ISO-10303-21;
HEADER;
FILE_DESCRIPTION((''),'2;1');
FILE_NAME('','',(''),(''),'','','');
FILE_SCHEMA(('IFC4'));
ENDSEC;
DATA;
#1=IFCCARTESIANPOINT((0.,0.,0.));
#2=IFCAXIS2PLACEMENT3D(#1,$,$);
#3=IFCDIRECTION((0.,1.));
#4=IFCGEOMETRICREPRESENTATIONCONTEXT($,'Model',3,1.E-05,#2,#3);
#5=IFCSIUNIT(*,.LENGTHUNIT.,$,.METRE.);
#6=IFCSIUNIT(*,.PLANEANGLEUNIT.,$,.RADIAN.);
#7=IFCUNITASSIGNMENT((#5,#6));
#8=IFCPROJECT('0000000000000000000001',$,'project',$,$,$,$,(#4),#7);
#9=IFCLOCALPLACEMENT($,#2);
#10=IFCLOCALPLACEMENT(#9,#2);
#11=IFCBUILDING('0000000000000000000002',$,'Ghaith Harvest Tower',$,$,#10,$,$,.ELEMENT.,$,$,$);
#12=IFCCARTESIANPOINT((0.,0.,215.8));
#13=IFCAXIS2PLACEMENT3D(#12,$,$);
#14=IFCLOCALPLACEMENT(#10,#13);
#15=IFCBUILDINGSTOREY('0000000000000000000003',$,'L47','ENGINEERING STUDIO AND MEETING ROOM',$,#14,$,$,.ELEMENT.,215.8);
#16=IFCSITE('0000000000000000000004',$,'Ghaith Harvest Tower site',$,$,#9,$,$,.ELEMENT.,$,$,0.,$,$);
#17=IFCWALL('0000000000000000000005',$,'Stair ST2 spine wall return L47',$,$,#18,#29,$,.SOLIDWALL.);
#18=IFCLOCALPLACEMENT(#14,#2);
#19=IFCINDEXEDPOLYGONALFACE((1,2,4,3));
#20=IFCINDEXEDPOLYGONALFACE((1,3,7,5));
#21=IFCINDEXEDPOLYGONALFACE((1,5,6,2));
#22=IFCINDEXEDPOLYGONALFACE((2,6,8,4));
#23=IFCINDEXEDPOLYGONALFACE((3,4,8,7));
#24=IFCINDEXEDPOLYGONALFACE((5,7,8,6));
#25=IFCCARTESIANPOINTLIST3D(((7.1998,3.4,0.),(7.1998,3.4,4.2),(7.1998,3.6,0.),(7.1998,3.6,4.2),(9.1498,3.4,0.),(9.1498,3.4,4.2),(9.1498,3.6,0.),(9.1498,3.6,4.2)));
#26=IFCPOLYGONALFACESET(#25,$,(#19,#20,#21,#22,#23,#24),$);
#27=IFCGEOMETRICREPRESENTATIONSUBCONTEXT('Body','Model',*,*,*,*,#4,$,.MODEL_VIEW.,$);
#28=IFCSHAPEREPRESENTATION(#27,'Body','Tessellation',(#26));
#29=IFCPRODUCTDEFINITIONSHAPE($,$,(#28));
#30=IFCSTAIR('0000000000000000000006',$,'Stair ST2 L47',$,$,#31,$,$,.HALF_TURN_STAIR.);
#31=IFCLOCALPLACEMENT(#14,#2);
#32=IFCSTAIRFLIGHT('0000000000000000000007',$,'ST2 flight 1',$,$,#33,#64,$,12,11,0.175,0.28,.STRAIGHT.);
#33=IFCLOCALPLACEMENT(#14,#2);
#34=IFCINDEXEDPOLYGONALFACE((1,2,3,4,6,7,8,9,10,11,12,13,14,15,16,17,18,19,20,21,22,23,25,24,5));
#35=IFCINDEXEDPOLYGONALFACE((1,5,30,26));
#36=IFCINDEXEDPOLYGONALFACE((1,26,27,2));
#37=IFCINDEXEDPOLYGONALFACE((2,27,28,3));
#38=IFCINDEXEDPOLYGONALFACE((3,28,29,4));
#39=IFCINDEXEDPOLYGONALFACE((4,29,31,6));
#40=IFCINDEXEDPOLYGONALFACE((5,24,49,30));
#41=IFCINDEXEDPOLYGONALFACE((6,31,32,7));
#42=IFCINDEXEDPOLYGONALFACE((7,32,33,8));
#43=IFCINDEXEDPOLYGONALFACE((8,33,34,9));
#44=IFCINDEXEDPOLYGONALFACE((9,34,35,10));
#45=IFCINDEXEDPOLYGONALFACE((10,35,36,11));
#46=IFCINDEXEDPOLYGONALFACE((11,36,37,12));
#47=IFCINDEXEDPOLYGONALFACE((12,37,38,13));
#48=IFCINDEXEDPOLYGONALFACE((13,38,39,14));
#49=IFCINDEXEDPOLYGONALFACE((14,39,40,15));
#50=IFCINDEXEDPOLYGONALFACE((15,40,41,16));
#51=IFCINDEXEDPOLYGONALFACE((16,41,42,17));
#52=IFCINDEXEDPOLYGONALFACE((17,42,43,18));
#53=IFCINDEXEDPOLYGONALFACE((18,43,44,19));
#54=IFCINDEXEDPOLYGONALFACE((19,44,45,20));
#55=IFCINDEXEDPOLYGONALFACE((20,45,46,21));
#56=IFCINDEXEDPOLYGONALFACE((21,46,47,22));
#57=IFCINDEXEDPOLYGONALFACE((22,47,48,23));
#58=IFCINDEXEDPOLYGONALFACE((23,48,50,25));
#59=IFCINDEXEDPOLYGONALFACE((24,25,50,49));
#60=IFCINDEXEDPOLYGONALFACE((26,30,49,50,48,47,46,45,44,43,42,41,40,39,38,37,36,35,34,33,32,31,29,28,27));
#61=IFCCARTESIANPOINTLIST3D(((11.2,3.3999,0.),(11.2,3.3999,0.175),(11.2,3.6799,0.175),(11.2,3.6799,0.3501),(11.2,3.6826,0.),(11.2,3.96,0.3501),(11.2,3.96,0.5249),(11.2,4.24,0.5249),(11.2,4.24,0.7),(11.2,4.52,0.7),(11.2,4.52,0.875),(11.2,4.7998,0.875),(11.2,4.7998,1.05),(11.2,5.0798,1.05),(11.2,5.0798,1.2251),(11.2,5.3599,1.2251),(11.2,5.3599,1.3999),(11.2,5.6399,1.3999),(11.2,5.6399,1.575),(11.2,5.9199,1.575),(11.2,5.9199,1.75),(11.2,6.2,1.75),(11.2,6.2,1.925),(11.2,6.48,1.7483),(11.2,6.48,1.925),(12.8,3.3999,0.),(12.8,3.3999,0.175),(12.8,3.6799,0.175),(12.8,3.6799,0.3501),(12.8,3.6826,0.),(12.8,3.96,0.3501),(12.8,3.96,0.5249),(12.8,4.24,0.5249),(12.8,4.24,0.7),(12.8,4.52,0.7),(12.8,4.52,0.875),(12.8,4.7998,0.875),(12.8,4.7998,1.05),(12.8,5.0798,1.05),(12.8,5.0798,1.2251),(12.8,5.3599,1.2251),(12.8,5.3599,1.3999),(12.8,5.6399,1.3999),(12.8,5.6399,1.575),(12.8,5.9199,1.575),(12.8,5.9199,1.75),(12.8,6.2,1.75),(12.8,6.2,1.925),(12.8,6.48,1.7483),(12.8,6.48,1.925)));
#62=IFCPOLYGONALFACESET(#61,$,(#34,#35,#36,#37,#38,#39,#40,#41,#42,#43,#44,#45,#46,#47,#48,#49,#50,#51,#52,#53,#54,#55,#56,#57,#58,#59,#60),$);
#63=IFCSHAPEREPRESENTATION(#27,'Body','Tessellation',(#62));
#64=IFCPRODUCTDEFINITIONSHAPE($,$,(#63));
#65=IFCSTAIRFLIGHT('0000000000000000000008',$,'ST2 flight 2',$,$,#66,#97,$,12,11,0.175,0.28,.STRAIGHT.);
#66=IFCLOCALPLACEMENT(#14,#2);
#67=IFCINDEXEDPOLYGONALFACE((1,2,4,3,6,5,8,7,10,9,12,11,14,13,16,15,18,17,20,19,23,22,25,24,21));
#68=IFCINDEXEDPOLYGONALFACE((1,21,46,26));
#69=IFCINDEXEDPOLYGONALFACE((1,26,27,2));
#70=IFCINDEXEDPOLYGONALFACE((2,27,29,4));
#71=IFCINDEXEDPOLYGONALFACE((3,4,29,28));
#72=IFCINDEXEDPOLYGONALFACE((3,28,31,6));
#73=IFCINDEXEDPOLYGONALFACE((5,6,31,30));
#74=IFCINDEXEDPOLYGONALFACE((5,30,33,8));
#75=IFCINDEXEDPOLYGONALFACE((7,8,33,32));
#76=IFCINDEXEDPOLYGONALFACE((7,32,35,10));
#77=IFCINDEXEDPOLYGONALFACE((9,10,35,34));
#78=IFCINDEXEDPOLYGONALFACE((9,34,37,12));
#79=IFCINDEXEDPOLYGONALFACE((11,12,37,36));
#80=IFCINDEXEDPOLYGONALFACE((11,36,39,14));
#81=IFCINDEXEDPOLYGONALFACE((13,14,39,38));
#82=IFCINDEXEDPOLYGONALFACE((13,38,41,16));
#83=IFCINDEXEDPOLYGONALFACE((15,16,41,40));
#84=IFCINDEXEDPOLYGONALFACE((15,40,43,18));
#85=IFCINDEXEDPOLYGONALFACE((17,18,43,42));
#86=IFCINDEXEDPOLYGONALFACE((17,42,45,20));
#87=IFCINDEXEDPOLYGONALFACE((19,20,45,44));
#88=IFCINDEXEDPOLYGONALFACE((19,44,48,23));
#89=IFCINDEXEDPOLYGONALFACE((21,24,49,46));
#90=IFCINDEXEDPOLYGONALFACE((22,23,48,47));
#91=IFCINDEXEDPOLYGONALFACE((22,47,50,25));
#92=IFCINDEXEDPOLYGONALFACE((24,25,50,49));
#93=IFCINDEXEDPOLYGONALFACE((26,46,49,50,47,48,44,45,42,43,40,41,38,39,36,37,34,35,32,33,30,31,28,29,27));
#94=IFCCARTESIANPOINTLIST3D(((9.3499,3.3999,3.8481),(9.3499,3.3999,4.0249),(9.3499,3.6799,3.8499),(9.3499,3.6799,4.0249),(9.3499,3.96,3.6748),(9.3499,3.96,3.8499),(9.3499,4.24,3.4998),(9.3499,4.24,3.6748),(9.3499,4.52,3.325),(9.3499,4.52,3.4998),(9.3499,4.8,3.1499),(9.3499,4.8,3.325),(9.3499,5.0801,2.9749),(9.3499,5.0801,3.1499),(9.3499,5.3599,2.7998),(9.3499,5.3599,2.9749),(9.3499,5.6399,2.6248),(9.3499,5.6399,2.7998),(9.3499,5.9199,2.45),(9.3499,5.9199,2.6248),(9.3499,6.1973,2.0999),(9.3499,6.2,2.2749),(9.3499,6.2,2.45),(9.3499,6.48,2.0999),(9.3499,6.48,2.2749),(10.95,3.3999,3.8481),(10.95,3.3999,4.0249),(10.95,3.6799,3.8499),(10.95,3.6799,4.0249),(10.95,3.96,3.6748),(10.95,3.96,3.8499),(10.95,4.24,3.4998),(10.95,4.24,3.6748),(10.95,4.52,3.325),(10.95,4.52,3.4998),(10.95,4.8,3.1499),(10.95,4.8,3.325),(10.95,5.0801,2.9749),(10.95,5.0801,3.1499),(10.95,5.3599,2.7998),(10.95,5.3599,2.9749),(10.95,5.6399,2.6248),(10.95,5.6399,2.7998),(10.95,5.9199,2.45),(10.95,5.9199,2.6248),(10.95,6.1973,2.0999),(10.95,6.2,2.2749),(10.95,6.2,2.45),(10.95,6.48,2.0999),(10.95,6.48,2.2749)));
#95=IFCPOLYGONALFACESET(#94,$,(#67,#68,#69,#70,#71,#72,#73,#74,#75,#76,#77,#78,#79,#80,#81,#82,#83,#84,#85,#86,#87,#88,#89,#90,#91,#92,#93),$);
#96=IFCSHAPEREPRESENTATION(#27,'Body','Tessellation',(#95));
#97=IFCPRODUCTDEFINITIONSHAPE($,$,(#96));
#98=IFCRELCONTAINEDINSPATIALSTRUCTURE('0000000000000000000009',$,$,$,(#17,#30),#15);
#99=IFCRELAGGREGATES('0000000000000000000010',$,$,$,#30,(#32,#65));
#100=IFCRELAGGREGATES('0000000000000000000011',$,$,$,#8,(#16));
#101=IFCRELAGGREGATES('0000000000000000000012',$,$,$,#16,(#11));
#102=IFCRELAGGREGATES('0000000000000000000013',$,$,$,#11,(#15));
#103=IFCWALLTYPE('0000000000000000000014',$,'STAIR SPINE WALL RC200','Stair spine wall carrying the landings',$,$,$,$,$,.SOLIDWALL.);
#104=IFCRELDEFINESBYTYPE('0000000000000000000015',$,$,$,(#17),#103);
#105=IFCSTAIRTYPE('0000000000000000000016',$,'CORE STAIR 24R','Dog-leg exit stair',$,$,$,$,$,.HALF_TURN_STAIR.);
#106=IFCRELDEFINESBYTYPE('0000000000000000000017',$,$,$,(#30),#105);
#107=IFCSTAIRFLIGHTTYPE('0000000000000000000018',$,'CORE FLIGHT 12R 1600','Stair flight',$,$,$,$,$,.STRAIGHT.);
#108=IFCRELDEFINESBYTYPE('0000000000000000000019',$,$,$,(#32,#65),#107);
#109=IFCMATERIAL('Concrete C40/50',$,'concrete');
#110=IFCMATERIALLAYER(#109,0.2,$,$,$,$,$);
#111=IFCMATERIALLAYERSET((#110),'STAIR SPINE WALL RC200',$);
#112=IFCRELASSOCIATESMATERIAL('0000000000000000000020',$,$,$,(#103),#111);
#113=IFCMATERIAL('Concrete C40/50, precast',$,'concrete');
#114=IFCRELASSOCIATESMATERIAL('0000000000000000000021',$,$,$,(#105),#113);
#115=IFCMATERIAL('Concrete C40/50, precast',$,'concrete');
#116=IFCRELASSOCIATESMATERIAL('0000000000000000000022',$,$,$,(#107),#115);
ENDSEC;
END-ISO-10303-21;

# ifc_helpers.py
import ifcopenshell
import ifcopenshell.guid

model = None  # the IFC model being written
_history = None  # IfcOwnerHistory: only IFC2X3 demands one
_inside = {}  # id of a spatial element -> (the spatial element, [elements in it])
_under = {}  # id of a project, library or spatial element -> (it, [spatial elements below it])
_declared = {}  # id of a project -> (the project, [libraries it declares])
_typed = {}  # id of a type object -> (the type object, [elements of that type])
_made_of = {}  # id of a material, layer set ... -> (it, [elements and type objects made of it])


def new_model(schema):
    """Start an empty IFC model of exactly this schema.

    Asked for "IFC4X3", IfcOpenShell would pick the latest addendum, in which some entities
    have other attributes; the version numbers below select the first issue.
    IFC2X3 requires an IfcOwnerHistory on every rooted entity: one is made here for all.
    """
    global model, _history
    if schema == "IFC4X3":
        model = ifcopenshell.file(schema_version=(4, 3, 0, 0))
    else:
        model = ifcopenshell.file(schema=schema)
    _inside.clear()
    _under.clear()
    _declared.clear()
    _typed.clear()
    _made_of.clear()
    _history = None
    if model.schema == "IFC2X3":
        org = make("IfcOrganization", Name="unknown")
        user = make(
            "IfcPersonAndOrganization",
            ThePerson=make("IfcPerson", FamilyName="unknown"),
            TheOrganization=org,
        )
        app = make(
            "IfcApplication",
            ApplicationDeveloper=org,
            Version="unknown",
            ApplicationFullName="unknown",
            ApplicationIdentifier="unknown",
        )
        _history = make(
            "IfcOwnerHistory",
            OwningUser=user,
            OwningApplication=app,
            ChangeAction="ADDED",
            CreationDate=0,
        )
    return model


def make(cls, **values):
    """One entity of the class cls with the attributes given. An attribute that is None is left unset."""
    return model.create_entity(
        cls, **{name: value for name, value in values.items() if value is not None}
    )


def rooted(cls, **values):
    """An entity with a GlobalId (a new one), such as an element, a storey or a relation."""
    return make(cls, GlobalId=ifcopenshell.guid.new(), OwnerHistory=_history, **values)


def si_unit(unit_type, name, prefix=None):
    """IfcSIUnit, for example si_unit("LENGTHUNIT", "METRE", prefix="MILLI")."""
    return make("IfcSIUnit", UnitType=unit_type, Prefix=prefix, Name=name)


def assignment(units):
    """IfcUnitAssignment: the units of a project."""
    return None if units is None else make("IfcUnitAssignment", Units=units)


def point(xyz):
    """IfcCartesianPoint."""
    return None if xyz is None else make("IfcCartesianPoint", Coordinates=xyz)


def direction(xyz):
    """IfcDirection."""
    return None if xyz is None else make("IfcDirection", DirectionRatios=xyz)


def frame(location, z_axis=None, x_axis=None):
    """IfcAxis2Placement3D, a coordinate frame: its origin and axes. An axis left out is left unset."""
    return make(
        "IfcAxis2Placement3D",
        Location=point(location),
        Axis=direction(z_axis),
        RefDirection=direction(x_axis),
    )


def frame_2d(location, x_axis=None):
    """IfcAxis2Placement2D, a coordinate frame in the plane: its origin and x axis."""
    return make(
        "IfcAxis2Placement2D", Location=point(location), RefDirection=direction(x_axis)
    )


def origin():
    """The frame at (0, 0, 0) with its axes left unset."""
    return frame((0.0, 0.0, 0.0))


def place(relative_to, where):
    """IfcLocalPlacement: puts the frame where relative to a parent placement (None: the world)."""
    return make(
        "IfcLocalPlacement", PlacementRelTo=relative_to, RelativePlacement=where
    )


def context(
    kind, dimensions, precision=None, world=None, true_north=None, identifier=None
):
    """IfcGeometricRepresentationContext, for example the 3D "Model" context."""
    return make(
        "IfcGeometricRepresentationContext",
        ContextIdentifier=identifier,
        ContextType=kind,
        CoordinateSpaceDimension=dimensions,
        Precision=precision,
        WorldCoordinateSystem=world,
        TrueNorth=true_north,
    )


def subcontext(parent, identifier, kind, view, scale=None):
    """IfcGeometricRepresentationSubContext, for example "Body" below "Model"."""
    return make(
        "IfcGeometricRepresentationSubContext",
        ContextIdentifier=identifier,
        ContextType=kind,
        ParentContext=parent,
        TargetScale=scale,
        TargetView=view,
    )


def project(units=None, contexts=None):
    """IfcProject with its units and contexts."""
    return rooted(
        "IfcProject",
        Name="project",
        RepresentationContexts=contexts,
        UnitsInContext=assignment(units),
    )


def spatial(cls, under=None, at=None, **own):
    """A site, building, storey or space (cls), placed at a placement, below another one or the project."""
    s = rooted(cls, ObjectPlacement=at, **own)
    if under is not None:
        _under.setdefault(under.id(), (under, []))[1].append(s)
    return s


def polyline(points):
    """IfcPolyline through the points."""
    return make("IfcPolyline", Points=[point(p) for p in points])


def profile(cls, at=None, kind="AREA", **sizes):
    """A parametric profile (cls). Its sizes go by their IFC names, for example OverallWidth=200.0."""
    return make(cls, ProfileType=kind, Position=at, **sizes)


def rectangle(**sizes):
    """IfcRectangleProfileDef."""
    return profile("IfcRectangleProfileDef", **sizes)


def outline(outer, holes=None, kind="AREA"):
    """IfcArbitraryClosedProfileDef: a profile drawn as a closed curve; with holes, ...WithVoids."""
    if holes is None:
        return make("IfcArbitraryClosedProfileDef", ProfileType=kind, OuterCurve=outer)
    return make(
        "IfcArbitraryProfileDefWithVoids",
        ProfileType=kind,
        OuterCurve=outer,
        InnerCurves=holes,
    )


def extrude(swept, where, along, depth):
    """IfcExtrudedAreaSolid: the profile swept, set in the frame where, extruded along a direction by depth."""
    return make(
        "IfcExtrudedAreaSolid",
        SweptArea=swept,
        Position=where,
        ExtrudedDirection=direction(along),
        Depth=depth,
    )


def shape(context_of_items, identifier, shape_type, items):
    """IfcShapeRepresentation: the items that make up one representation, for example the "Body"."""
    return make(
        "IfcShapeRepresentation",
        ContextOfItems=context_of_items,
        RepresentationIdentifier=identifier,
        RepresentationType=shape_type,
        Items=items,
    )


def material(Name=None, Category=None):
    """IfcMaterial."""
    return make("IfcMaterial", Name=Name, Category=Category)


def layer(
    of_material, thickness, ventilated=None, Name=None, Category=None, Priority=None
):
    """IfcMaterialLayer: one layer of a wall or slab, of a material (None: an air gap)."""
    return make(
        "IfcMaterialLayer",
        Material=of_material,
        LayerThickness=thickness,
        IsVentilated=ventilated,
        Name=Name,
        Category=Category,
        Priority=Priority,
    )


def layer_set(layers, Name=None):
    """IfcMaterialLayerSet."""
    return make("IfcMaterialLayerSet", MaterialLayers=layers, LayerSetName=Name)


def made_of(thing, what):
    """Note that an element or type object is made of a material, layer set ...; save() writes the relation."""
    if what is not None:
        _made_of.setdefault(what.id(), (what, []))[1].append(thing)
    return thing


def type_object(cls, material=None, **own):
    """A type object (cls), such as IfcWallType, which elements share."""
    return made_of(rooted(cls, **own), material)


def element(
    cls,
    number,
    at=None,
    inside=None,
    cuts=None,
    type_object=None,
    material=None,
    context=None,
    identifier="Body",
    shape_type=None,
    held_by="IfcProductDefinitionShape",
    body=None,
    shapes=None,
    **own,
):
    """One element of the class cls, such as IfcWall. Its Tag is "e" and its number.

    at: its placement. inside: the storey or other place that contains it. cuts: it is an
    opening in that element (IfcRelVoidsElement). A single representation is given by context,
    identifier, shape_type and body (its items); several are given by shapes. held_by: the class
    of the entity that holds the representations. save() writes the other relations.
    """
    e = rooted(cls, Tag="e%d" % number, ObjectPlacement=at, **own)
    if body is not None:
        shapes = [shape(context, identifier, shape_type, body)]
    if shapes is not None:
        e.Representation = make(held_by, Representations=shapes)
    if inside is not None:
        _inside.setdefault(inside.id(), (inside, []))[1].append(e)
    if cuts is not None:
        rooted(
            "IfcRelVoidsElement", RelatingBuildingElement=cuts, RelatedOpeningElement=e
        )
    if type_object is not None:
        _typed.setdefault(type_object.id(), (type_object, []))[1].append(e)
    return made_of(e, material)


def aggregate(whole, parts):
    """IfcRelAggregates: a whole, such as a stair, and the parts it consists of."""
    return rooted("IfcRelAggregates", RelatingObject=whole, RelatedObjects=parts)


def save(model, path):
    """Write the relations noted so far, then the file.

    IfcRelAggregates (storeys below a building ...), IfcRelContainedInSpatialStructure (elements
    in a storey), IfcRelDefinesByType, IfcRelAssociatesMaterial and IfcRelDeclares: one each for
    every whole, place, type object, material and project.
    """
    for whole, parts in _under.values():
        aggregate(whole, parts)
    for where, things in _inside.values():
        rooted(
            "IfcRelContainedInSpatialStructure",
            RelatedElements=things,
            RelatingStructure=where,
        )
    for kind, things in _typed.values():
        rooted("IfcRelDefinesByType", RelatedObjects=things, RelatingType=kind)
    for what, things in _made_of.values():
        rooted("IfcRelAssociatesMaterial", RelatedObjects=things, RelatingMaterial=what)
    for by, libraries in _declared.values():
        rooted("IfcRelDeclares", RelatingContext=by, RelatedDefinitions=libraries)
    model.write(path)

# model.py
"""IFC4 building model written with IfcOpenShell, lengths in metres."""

from ifc_helpers import new_model, si_unit, direction, frame, frame_2d, origin, place, context, subcontext, project, spatial, polyline, rectangle, outline, extrude, material, layer, layer_set, type_object, element, aggregate, save


model = new_model("IFC4")

# Units and contexts
model_context = context("Model", 3, precision=1e-05, world=origin(), true_north=direction((0.0, 1.0)))
body_context = subcontext(model_context, "Body", "Model", "MODEL_VIEW")
ifc_project = project(units=[si_unit("LENGTHUNIT", "METRE"), si_unit("PLANEANGLEUNIT", "RADIAN")], contexts=[model_context])

# Site, building, storey
site_placement = place(None, origin())
site = spatial("IfcSite", under=ifc_project, at=site_placement, Name="Ghaith Harvest Tower site", CompositionType="ELEMENT", RefElevation=0.0)
building_placement = place(site_placement, origin())
building = spatial("IfcBuilding", under=site, at=building_placement, Name="Ghaith Harvest Tower", CompositionType="ELEMENT")
storey_placement = place(building_placement, frame((0.0, 0.0, 215.8)))
storey = spatial("IfcBuildingStorey", under=building, at=storey_placement, Name="L47", Description="ENGINEERING STUDIO AND MEETING ROOM", CompositionType="ELEMENT", Elevation=215.8)

# Wall
ifc_material_1 = material(Name="Concrete C40/50", Category="concrete")
ifc_layer_1 = layer(ifc_material_1, 0.2)
ifc_layer_set_1 = layer_set([ifc_layer_1], Name="STAIR SPINE WALL RC200")
wall_type_1 = type_object("IfcWallType", Name="STAIR SPINE WALL RC200", Description="Stair spine wall carrying the landings", PredefinedType="SOLIDWALL", material=ifc_layer_set_1)
wall_1_placement = place(storey_placement, frame((9.1499, 3.5, 0.0), z_axis=(0.0, 0.0, 1.0), x_axis=(-1.0, 0.0, 0.0)))
element("IfcWall", 1, at=wall_1_placement, inside=storey, type_object=wall_type_1, Name="Stair ST2 spine wall return L47", PredefinedType="SOLIDWALL", context=body_context, shape_type="SweptSolid", body=[
    extrude(rectangle(XDim=1.95, YDim=0.2, at=frame_2d((0.9751, 0.0))), origin(), (0.0, 0.0, 1.0), 4.2),
])

# Stair, stair flights
ifc_material_2 = material(Name="Concrete C40/50, precast", Category="concrete")
stair_type = type_object("IfcStairType", Name="CORE STAIR 24R", Description="Dog-leg exit stair", PredefinedType="HALF_TURN_STAIR", material=ifc_material_2)
stair_placement = place(storey_placement, origin())
stair = element("IfcStair", 2, at=stair_placement, inside=storey, type_object=stair_type, Name="Stair ST2 L47", PredefinedType="HALF_TURN_STAIR")
ifc_material_3 = material(Name="Concrete C40/50, precast", Category="concrete")
stair_flight_type = type_object("IfcStairFlightType", Name="CORE FLIGHT 12R 1600", Description="Stair flight", PredefinedType="STRAIGHT", material=ifc_material_3)
stair_flight_1_placement = place(storey_placement, frame((12.0, 3.3999, 0.0), z_axis=(0.0, 0.0, 1.0), x_axis=(0.0, 1.0, 0.0)))
stair_flight_1 = element("IfcStairFlight", 3, at=stair_flight_1_placement, type_object=stair_flight_type, Name="ST2 flight 1", NumberOfRisers=12, NumberOfTreads=11, PredefinedType="STRAIGHT", RiserHeight=0.175, TreadLength=0.28, context=body_context, shape_type="SweptSolid", body=[
    extrude(outline(polyline([(0.0, 0.0), (0.0, 0.175), (0.28, 0.175), (0.28, 0.3501), (0.5601, 0.3501), (0.5601, 0.5249), (0.8401, 0.5249), (0.8401, 0.7), (1.1201, 0.7), (1.1201, 0.875), (1.3999, 0.875), (1.3999, 1.05), (1.6799, 1.05), (1.6799, 1.2251), (1.96, 1.2251), (1.96, 1.3999), (2.24, 1.3999), (2.24, 1.575), (2.52, 1.575), (2.52, 1.75), (2.8, 1.75), (2.8, 1.925), (3.0801, 1.925), (3.0801, 2.1001), (3.0801, 1.7483), (0.2827, 0.0), (0.0, 0.0)])), frame((0.0, 0.8, 0.0), z_axis=(0.0, -1.0, 0.0), x_axis=(1.0, 0.0, 0.0)), (0.0, 0.0, 1.0), 1.6001),
])
stair_flight_2_placement = place(storey_placement, frame((10.1499, 6.48, 2.0999), z_axis=(0.0, 0.0, 1.0), x_axis=(0.0, -1.0, 0.0)))
stair_flight_2 = element("IfcStairFlight", 4, at=stair_flight_2_placement, type_object=stair_flight_type, Name="ST2 flight 2", NumberOfRisers=12, NumberOfTreads=11, PredefinedType="STRAIGHT", RiserHeight=0.175, TreadLength=0.28, context=body_context, shape_type="SweptSolid", body=[
    extrude(outline(polyline([(0.0, 0.0), (0.0, 0.175), (0.28, 0.175), (0.28, 0.3501), (0.5601, 0.3501), (0.5601, 0.5249), (0.8401, 0.5249), (0.8401, 0.7), (1.1201, 0.7), (1.1201, 0.875), (1.3999, 0.875), (1.3999, 1.05), (1.6799, 1.05), (1.6799, 1.2251), (1.96, 1.2251), (1.96, 1.3999), (2.24, 1.3999), (2.24, 1.575), (2.52, 1.575), (2.52, 1.75), (2.8, 1.75), (2.8, 1.925), (3.0801, 1.925), (3.0801, 2.1001), (3.0801, 1.7483), (0.2827, 0.0), (0.0, 0.0)])), frame((0.0, 0.8, 0.0), z_axis=(0.0, -1.0, 0.0), x_axis=(1.0, 0.0, 0.0)), (0.0, 0.0, 1.0), 1.6001),
])
aggregate(stair, [stair_flight_1, stair_flight_2])

save(model, "model.ifc")
